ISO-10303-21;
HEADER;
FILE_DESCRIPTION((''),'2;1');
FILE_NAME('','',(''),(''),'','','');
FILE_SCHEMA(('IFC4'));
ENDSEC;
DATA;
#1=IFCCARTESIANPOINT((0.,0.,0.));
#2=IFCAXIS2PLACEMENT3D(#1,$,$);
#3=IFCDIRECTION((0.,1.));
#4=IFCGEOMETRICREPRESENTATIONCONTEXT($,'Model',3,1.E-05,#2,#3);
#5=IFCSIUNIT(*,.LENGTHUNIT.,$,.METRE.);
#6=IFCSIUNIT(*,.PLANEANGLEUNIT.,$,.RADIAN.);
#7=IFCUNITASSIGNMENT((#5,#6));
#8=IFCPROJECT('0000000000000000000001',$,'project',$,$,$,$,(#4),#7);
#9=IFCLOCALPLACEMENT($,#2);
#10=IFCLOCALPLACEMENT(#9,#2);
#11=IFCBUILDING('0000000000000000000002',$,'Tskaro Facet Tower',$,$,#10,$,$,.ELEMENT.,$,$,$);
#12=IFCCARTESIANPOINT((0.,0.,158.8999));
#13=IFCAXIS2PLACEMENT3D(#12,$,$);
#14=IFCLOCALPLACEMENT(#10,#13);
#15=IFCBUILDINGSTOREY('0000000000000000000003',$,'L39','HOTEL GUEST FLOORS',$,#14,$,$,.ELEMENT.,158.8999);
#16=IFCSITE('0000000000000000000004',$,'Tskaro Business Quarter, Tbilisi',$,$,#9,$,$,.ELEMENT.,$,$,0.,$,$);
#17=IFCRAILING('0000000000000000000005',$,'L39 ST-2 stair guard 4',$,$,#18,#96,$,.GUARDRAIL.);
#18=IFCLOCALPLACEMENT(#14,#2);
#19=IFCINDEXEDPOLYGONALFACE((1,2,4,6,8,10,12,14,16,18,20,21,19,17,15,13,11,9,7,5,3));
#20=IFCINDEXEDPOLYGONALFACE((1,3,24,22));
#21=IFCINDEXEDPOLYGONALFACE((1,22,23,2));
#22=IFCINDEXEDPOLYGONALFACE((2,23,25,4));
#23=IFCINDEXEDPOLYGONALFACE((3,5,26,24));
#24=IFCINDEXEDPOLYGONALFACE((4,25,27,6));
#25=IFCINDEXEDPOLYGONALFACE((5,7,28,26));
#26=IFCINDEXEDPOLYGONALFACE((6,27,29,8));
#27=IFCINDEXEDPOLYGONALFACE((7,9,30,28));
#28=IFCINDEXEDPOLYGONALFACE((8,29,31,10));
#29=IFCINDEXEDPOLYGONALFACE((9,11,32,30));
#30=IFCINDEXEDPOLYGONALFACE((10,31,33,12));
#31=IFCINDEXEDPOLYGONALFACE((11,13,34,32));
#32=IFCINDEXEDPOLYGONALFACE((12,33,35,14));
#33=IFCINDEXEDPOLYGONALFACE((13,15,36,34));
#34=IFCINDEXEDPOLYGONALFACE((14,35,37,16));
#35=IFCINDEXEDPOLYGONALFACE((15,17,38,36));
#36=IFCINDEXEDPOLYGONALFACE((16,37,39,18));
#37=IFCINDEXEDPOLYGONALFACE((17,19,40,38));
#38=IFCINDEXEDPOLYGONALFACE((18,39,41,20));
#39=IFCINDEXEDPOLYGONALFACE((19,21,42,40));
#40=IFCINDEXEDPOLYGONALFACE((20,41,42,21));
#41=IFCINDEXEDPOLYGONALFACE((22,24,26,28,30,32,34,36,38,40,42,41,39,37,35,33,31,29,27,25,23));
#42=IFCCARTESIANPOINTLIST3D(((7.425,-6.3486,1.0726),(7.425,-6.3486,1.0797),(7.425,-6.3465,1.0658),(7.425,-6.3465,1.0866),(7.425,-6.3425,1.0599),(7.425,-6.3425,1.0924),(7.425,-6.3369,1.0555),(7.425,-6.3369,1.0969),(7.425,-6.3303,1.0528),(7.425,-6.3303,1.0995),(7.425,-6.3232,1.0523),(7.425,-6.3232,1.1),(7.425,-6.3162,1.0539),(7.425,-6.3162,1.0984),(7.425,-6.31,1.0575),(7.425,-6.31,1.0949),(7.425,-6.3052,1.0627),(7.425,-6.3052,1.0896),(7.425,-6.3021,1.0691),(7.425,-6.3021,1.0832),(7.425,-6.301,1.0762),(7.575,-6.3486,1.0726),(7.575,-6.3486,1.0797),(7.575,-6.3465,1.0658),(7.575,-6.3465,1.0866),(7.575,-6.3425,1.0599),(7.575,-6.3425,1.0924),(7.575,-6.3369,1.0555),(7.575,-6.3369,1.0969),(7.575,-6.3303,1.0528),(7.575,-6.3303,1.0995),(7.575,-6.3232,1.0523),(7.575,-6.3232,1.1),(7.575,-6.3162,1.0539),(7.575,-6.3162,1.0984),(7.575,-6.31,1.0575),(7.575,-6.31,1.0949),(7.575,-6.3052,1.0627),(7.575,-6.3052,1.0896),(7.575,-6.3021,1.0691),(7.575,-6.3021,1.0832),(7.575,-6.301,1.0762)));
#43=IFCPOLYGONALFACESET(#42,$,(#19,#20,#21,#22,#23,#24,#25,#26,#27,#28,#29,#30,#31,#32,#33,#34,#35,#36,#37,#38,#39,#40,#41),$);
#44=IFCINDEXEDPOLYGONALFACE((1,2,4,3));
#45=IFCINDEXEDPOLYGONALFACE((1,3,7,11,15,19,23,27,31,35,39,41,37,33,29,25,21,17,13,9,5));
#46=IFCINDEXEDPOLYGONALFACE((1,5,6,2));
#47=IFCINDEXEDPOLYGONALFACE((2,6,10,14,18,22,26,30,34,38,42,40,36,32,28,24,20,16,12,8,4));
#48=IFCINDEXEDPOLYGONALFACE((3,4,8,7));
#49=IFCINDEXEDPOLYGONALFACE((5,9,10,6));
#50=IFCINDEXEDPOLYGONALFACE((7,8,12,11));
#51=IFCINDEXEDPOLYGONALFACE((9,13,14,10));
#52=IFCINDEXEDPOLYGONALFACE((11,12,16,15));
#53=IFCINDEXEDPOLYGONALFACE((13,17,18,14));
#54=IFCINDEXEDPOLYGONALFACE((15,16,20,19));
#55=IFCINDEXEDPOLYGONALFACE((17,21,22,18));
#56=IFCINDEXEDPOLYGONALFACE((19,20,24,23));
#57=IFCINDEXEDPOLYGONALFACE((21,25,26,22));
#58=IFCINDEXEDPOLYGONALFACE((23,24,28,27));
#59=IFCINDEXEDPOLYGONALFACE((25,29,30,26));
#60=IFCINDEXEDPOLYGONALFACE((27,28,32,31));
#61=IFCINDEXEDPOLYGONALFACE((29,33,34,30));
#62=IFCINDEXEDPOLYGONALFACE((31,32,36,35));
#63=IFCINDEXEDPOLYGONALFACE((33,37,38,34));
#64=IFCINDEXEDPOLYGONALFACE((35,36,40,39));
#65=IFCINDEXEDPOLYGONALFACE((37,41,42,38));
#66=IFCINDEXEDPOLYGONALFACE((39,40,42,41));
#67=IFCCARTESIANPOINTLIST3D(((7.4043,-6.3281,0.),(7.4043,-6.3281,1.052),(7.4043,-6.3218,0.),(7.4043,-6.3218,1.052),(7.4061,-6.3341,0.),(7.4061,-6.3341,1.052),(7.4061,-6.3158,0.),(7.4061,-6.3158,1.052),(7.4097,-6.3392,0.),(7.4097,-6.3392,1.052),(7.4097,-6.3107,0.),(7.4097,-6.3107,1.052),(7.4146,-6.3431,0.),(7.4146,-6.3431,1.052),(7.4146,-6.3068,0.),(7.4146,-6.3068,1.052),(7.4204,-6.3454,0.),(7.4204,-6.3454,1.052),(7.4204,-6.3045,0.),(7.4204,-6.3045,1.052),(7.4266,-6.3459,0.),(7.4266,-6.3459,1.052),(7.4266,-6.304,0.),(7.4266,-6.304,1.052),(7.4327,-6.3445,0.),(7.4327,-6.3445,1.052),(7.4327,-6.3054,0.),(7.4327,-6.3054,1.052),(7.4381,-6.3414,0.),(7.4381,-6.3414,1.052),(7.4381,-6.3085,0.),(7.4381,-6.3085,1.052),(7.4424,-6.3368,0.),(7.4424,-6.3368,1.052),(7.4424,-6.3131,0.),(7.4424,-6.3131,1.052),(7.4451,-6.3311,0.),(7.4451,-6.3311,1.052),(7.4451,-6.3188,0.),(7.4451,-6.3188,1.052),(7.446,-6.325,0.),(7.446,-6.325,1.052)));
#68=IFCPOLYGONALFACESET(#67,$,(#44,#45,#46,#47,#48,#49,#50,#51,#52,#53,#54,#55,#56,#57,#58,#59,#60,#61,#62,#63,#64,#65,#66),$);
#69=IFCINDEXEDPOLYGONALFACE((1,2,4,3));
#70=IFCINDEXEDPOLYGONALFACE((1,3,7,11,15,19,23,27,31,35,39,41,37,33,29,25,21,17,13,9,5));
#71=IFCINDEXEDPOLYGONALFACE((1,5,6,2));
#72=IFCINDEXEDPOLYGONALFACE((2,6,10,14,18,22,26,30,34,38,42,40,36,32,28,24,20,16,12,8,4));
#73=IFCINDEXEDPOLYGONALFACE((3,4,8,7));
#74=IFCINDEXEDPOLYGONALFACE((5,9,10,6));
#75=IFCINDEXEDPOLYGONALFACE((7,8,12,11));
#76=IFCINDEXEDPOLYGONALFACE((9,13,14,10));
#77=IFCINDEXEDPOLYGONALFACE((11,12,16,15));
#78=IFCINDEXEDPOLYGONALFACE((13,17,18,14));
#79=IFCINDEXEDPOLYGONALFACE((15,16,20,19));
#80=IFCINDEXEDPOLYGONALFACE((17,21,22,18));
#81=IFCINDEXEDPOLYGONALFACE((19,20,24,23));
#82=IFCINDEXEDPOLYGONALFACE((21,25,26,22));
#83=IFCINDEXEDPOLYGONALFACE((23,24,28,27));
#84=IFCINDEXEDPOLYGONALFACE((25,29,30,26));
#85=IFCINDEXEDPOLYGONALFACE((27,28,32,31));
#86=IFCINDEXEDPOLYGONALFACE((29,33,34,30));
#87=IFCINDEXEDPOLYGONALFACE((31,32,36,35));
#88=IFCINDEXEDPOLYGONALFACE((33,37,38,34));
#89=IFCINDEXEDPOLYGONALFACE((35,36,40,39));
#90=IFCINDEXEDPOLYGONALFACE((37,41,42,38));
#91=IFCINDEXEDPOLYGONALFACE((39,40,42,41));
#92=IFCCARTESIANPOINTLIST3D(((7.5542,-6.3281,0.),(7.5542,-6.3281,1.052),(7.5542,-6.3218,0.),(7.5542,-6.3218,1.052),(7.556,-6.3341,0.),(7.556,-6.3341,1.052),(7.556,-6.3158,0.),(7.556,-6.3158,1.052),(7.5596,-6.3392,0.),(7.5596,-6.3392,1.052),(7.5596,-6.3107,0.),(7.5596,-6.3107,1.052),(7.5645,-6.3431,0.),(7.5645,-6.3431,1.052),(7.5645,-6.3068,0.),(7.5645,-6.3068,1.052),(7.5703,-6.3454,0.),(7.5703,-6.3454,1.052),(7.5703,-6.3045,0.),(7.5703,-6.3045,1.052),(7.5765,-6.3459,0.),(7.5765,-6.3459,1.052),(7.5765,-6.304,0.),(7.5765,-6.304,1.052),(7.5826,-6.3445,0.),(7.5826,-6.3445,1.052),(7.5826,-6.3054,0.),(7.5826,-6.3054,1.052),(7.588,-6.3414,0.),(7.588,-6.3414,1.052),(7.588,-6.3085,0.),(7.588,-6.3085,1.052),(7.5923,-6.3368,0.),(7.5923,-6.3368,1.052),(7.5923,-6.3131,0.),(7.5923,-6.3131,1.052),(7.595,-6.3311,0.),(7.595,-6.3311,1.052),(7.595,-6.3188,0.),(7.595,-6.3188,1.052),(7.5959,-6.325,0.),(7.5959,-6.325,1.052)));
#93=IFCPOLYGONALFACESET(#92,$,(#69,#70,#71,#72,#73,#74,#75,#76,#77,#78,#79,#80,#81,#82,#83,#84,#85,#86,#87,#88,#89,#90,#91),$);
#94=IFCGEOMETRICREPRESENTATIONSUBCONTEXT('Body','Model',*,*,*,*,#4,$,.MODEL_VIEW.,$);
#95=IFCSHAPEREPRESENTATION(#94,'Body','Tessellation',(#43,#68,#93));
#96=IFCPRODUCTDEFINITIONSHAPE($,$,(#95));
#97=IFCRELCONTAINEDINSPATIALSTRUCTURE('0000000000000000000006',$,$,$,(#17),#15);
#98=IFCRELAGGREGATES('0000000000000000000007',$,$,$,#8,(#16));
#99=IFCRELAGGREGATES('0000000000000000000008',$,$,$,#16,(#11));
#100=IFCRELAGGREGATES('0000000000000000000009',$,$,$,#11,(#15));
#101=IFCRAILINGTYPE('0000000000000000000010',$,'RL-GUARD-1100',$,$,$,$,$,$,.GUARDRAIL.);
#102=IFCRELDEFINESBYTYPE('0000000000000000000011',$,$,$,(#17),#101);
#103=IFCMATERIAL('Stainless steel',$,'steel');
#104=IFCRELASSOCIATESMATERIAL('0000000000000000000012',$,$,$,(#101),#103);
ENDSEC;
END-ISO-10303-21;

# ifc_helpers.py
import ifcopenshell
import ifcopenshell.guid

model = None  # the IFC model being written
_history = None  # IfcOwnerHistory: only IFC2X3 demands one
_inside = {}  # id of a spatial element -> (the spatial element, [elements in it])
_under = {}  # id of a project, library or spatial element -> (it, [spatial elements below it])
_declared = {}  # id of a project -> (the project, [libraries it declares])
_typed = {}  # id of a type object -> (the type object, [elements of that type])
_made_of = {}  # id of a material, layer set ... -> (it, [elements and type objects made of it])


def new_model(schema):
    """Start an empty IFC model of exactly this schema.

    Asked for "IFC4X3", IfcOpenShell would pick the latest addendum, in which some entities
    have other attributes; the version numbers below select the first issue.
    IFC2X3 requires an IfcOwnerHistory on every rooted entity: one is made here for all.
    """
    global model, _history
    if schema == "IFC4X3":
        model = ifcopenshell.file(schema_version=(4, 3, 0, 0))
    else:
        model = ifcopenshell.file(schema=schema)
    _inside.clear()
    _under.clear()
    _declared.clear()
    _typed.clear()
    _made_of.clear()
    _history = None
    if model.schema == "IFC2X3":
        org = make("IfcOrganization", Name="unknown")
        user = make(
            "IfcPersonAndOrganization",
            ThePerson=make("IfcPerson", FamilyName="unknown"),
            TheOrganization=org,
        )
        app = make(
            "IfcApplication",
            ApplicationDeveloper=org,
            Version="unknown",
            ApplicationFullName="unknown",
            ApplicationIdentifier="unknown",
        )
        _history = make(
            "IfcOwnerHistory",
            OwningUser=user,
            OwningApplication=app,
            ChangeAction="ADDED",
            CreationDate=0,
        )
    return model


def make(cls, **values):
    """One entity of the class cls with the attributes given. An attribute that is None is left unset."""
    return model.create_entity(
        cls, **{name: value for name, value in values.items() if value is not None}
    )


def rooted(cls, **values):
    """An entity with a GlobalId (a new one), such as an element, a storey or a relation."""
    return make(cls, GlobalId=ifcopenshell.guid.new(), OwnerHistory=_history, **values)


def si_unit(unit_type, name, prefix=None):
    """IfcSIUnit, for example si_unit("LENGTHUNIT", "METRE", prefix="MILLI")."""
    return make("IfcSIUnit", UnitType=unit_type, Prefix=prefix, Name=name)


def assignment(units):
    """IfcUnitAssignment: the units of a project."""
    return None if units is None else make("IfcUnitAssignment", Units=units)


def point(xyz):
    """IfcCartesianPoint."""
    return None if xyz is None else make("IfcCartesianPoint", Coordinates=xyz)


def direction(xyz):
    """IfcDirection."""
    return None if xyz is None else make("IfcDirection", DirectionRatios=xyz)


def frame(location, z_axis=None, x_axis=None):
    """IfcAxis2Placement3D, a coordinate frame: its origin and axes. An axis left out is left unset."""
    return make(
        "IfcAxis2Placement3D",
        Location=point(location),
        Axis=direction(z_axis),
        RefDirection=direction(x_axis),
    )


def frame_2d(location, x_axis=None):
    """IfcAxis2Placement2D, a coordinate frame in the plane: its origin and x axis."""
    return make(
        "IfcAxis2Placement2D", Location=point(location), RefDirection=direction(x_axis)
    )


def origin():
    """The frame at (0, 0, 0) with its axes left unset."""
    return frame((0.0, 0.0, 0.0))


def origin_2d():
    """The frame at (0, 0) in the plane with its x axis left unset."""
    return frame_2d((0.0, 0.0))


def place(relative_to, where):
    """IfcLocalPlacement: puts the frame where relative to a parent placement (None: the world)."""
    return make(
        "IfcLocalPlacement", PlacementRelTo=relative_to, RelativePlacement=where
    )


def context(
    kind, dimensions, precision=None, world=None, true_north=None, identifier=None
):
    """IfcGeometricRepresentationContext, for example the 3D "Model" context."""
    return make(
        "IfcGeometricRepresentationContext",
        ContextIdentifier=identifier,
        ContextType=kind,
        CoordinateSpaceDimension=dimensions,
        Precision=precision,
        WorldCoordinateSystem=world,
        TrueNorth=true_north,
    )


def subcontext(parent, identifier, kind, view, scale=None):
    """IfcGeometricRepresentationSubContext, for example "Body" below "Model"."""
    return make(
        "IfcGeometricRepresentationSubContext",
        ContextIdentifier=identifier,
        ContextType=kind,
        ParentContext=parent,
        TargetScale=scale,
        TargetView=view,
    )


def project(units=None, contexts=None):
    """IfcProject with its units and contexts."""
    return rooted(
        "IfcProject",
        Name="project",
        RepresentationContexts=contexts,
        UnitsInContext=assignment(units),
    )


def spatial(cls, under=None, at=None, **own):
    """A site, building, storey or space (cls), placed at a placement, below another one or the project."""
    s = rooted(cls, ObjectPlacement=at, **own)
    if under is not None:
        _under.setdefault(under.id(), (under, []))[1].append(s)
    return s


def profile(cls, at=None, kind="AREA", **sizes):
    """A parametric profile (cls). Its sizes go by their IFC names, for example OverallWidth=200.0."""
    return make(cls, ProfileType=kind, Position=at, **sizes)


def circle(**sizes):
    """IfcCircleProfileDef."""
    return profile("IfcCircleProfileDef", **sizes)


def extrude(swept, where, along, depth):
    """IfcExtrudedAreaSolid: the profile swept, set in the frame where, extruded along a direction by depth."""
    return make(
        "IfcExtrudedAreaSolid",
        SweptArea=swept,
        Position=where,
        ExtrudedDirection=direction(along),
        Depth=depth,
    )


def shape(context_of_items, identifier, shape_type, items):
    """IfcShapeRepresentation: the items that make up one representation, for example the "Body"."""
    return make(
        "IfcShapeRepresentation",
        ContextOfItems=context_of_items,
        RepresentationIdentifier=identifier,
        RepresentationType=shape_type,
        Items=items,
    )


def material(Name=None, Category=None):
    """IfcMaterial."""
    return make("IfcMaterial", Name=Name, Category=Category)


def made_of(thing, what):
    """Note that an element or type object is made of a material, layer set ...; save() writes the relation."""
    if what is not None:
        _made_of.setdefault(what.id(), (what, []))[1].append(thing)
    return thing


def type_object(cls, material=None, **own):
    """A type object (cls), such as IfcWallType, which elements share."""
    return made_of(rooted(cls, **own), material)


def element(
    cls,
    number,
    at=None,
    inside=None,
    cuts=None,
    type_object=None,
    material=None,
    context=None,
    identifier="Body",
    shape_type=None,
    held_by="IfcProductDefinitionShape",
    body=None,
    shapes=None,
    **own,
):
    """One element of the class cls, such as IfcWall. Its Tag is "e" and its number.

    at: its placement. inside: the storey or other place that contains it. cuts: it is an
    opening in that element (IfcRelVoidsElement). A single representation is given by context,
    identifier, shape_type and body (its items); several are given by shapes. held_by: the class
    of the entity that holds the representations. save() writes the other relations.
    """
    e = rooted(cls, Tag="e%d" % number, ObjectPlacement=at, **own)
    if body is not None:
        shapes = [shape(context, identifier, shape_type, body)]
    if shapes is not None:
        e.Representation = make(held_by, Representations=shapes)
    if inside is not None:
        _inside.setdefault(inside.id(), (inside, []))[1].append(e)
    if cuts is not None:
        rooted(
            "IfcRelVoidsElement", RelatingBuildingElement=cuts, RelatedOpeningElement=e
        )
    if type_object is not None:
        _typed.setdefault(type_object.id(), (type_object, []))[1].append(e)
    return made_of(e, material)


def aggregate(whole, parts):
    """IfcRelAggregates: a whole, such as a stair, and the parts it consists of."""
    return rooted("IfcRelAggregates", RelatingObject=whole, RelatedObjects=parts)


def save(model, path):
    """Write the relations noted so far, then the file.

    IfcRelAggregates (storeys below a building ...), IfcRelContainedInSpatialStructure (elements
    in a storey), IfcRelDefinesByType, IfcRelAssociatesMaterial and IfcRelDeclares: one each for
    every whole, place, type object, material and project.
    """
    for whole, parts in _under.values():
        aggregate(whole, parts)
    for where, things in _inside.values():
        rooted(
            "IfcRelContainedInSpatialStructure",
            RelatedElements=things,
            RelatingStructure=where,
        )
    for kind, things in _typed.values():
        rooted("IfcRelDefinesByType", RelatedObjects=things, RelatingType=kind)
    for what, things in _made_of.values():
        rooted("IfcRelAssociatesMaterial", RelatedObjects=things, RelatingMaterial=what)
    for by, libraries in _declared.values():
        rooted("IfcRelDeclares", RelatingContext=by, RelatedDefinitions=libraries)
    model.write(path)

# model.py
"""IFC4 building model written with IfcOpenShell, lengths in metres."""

from ifc_helpers import new_model, si_unit, direction, frame, origin, origin_2d, place, context, subcontext, project, spatial, circle, extrude, material, type_object, element, save


model = new_model("IFC4")

# Units and contexts
model_context = context("Model", 3, precision=1e-05, world=origin(), true_north=direction((0.0, 1.0)))
body_context = subcontext(model_context, "Body", "Model", "MODEL_VIEW")
ifc_project = project(units=[si_unit("LENGTHUNIT", "METRE"), si_unit("PLANEANGLEUNIT", "RADIAN")], contexts=[model_context])

# Site, building, storey
site_placement = place(None, origin())
site = spatial("IfcSite", under=ifc_project, at=site_placement, Name="Tskaro Business Quarter, Tbilisi", CompositionType="ELEMENT", RefElevation=0.0)
building_placement = place(site_placement, origin())
building = spatial("IfcBuilding", under=site, at=building_placement, Name="Tskaro Facet Tower", CompositionType="ELEMENT")
storey_placement = place(building_placement, frame((0.0, 0.0, 158.8999)))
storey = spatial("IfcBuildingStorey", under=building, at=storey_placement, Name="L39", Description="HOTEL GUEST FLOORS", CompositionType="ELEMENT", Elevation=158.8999)

# Railing
ifc_material_1 = material(Name="Stainless steel", Category="steel")
railing_type_1 = type_object("IfcRailingType", Name="RL-GUARD-1100", PredefinedType="GUARDRAIL", material=ifc_material_1)
railing_1_placement = place(storey_placement, frame((7.425, -6.325, 0.0)))
element("IfcRailing", 1, at=railing_1_placement, inside=storey, type_object=railing_type_1, Name="L39 ST-2 stair guard 4", PredefinedType="GUARDRAIL", context=body_context, shape_type="SweptSolid", body=[
    extrude(circle(Radius=0.0239, at=origin_2d()), frame((0.0, 0.0, 1.0762), z_axis=(1.0, 0.0, 0.0), x_axis=(0.0, 1.0, 0.0)), (0.0, 0.0, 1.0), 0.1499),
    extrude(circle(Radius=0.021, at=origin_2d()), origin(), (0.0, 0.0, 1.0), 1.052),
    extrude(circle(Radius=0.021, at=origin_2d()), frame((0.1499, 0.0, 0.0)), (0.0, 0.0, 1.0), 1.052),
])

save(model, "model.ifc")
